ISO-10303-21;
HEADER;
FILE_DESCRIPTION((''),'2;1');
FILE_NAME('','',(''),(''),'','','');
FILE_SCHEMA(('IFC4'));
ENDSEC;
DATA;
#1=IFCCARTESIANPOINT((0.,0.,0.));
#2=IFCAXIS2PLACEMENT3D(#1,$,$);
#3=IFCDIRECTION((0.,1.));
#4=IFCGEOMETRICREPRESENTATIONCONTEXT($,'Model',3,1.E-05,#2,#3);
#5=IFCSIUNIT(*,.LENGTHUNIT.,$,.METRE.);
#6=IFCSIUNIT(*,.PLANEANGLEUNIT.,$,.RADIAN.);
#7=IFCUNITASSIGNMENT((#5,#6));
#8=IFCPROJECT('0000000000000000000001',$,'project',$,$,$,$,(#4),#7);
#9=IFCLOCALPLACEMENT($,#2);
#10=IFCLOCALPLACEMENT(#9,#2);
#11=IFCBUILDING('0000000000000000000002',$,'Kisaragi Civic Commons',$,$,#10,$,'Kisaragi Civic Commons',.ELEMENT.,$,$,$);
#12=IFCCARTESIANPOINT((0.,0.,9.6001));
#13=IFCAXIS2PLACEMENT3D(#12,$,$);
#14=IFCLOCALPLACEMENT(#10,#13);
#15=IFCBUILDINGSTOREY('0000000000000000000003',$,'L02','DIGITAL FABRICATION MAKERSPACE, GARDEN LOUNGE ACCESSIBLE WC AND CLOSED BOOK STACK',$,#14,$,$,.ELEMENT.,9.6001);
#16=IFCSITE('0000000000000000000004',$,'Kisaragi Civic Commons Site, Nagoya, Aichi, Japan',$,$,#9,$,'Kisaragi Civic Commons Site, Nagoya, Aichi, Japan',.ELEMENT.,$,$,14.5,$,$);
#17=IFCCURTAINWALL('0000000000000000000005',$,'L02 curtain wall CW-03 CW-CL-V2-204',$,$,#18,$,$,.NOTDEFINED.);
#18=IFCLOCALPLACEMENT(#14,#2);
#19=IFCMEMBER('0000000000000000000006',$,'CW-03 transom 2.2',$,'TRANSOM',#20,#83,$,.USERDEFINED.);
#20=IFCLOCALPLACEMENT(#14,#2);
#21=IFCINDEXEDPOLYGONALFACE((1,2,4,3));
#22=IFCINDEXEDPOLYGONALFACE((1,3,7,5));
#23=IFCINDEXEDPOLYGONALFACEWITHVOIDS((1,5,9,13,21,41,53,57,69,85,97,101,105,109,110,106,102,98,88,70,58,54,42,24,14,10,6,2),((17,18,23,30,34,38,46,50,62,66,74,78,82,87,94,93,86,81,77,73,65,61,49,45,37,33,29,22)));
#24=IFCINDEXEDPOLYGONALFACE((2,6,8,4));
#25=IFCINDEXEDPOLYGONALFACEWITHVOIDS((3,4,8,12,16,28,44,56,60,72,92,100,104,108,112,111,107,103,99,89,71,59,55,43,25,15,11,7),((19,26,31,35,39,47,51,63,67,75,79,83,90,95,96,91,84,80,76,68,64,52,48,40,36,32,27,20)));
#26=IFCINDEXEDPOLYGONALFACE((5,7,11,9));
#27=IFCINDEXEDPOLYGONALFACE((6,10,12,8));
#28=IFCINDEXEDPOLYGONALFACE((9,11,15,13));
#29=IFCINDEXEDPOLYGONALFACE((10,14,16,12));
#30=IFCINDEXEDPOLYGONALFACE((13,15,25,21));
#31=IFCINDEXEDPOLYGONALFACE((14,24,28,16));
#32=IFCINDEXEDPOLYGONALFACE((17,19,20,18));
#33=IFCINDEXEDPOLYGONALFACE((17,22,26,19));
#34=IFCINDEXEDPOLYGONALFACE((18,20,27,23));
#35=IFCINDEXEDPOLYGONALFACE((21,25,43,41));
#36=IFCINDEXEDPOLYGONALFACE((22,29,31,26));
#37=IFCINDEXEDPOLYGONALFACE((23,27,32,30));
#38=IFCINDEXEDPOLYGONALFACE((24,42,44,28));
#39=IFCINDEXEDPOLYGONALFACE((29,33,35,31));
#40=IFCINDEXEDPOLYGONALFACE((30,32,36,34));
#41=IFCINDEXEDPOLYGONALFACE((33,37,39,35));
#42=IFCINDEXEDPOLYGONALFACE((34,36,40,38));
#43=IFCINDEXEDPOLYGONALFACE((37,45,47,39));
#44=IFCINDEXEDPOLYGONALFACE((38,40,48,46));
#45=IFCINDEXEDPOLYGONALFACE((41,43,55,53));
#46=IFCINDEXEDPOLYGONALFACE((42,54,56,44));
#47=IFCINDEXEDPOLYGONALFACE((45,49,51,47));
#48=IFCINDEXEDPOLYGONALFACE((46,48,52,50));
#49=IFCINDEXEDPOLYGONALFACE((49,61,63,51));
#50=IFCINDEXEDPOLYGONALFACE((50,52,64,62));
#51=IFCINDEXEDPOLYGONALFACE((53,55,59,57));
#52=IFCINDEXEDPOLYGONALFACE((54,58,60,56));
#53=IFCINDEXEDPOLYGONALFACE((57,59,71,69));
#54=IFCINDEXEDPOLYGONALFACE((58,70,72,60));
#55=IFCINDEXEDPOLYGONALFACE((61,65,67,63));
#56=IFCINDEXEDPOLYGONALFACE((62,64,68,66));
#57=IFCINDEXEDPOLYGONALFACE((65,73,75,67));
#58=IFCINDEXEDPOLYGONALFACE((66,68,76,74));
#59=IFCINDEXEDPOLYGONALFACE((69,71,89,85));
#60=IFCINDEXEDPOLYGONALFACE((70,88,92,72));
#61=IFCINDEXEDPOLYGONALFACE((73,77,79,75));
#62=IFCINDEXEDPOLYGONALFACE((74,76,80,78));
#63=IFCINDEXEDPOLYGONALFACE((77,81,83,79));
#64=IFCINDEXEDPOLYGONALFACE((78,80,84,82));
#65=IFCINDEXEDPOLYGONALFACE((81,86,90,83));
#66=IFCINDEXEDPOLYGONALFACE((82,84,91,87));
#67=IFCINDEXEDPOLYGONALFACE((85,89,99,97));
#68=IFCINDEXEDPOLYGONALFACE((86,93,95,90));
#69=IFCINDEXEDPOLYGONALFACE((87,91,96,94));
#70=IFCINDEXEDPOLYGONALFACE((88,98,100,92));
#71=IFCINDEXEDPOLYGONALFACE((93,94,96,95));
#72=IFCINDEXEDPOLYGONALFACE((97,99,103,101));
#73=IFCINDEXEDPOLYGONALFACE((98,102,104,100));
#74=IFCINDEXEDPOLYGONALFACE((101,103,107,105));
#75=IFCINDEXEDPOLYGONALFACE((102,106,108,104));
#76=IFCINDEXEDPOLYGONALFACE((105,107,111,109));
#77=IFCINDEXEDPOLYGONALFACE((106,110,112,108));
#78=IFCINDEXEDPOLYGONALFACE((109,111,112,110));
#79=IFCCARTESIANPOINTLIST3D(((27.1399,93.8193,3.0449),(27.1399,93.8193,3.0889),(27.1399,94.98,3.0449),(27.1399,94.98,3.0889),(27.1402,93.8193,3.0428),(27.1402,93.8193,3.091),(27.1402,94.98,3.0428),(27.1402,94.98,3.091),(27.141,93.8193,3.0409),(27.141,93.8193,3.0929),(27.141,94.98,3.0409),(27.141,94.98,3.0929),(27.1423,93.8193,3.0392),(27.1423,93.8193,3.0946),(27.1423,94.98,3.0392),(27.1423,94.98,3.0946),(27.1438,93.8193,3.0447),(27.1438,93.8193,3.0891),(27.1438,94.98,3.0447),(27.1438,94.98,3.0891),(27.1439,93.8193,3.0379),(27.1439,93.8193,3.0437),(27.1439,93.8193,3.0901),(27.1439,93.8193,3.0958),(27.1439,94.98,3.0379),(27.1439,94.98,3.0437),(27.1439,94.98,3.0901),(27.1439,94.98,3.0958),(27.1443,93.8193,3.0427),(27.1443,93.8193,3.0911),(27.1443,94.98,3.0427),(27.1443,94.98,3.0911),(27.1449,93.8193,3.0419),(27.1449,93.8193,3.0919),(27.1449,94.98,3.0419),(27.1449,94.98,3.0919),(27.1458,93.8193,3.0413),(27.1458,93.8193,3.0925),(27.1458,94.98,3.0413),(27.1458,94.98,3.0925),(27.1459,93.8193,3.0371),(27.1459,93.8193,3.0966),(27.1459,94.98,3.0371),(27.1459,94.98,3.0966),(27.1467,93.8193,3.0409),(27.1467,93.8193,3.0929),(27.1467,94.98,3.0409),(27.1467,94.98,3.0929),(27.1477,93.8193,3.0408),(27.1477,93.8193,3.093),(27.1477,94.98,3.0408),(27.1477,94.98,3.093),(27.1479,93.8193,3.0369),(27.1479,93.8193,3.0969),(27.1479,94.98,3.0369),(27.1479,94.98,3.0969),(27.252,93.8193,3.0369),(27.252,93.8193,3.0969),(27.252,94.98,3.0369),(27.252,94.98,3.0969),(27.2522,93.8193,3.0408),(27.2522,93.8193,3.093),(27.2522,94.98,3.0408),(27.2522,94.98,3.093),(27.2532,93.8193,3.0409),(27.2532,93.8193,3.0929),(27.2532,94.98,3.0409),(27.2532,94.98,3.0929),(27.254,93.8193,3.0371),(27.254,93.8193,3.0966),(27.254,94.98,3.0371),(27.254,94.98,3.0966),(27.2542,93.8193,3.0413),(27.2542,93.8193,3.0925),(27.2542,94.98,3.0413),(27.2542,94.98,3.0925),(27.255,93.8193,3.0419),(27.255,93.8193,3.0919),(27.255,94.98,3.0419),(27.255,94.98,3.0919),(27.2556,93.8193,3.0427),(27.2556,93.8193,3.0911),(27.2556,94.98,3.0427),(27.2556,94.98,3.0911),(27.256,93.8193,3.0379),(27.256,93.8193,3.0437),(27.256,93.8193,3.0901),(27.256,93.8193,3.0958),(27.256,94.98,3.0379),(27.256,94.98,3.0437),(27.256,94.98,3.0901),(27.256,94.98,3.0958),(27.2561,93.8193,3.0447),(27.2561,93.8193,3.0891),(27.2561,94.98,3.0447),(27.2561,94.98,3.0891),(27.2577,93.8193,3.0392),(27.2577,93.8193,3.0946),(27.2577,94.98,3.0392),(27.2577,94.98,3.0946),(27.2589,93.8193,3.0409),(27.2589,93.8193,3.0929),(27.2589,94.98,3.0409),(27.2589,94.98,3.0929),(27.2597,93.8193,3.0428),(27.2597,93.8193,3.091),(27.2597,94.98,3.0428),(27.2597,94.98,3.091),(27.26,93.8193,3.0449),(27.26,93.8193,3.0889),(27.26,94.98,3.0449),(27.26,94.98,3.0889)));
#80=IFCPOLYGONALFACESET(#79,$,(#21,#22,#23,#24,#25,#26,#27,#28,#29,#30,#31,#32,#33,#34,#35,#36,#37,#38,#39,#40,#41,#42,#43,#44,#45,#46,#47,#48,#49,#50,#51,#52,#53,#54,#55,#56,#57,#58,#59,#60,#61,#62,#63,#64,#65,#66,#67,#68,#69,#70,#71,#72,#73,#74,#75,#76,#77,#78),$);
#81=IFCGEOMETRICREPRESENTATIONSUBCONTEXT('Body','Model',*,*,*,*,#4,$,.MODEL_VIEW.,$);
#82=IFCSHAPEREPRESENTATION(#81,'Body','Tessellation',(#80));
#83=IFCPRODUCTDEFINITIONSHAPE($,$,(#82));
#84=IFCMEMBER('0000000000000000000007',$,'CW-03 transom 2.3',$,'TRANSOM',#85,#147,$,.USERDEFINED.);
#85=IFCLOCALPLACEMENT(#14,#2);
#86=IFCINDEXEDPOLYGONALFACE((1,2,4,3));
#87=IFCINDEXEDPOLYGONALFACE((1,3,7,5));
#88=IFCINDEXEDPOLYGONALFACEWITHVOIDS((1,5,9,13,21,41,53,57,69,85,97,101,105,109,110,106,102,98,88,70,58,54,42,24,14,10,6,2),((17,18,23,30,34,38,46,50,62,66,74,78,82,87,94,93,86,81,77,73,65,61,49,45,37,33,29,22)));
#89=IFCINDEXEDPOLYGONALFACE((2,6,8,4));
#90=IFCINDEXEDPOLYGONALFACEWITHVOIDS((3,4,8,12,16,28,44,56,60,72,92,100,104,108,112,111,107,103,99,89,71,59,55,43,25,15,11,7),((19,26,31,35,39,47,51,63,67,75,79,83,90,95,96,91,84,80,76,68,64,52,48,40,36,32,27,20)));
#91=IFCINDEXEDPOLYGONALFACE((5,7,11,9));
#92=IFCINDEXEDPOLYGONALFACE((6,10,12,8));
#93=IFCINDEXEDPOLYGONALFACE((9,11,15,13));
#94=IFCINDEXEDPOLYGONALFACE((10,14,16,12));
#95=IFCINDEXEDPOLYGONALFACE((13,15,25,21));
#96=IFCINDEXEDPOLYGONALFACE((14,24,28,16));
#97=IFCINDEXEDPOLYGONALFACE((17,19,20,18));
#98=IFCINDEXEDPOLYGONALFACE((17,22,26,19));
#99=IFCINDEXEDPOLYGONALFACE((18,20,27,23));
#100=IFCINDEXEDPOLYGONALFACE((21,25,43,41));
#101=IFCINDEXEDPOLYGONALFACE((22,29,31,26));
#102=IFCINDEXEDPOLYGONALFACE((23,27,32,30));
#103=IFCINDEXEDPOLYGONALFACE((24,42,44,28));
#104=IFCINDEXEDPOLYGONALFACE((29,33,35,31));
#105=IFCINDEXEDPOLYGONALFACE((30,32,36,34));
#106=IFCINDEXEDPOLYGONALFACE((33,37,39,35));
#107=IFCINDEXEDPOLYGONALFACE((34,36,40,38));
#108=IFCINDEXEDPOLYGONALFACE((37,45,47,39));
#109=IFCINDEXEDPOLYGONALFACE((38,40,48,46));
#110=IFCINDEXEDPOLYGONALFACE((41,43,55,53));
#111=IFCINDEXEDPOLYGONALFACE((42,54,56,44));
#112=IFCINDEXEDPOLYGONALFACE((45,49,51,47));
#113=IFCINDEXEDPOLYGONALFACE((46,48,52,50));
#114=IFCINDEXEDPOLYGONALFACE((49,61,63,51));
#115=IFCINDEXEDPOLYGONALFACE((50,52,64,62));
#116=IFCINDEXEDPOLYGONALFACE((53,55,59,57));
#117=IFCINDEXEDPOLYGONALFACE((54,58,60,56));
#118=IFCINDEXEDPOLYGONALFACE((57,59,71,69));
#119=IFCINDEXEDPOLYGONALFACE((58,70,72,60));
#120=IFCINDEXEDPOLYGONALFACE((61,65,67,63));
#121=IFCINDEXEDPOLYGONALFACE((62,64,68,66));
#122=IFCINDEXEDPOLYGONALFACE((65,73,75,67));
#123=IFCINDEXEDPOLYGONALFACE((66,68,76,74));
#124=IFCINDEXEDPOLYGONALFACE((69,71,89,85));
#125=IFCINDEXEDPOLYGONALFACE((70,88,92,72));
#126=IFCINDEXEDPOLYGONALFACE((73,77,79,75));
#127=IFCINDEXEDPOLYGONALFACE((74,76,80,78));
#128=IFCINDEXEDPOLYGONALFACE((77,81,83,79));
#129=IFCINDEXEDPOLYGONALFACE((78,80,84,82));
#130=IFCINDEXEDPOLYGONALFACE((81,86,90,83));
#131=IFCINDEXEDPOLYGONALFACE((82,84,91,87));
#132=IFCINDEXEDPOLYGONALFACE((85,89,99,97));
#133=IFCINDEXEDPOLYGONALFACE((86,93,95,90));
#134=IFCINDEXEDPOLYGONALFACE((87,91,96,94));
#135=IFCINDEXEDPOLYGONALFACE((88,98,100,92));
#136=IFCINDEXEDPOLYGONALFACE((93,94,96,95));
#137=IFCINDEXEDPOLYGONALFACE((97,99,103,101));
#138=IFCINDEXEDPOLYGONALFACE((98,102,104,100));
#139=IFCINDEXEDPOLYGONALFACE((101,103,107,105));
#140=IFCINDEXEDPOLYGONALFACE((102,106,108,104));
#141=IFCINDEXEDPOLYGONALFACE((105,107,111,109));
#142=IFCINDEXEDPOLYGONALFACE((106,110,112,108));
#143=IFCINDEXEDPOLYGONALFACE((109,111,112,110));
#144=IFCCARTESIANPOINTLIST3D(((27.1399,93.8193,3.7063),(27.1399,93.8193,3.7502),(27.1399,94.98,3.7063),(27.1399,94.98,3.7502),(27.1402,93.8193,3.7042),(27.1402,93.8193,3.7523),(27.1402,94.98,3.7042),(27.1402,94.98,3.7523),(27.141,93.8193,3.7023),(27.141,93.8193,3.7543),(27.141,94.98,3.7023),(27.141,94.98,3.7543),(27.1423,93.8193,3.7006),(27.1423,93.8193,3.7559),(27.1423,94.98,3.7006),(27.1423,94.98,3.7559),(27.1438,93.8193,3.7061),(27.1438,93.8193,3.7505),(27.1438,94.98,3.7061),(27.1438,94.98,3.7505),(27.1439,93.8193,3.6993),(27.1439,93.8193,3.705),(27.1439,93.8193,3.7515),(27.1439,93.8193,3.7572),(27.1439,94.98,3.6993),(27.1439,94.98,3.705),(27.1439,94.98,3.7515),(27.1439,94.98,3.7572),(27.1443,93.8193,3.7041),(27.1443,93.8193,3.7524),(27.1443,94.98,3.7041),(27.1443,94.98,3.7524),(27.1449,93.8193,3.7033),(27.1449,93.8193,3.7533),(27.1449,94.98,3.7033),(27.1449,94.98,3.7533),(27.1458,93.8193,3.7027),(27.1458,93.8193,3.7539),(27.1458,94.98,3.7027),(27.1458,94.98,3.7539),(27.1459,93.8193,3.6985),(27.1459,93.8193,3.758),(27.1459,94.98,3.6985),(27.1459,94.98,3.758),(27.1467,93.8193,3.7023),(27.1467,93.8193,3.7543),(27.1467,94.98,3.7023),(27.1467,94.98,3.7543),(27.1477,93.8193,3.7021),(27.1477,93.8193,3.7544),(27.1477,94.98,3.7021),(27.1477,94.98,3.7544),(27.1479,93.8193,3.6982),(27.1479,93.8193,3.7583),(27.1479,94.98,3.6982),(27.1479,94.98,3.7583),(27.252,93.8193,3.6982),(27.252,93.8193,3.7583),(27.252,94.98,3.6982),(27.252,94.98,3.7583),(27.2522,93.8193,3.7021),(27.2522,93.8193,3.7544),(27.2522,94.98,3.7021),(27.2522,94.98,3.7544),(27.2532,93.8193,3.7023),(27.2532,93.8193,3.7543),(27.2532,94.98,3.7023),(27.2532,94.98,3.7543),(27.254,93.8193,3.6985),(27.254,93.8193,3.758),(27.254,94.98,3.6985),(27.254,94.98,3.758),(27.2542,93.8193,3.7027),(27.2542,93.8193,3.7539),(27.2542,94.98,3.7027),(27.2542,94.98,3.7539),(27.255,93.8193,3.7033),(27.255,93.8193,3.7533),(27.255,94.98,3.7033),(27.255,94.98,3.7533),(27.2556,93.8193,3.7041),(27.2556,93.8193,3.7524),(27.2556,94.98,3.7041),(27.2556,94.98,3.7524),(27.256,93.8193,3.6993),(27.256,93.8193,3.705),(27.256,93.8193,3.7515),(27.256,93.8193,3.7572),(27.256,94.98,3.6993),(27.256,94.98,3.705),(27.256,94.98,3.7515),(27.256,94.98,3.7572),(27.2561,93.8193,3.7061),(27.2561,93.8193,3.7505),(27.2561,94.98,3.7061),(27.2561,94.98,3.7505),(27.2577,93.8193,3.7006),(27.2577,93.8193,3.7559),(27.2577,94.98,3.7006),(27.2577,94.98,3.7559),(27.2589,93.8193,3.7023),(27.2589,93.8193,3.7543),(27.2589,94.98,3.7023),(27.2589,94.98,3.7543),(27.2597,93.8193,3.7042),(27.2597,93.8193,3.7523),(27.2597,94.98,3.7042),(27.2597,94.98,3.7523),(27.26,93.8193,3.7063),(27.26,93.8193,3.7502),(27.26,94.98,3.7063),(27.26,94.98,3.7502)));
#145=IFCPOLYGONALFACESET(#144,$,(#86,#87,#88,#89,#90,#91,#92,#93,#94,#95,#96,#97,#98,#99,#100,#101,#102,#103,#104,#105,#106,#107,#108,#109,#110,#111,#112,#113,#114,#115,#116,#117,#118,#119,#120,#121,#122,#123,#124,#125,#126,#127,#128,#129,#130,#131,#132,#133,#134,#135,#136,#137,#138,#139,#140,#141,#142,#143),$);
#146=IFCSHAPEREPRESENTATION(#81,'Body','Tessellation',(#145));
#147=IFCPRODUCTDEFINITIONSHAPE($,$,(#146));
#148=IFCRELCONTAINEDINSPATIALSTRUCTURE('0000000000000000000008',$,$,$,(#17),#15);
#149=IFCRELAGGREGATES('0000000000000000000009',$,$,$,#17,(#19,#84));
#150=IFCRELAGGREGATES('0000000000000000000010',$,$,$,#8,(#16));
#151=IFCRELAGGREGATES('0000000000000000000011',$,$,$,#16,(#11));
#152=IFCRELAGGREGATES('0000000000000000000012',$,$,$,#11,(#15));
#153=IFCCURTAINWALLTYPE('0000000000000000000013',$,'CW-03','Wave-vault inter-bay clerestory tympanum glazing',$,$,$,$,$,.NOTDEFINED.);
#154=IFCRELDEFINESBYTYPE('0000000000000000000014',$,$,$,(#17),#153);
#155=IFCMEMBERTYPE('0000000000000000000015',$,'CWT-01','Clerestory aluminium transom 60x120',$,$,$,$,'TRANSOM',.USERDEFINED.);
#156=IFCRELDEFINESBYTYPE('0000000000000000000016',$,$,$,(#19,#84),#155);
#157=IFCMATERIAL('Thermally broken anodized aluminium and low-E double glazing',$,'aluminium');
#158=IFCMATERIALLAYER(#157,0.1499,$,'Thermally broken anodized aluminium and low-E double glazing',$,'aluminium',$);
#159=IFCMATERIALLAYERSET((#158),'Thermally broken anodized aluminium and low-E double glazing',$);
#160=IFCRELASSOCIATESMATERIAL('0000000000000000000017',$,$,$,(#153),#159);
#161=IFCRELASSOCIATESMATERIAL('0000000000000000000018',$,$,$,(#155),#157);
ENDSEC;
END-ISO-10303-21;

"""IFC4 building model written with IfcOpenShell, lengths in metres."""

from ifc_helpers import new_model, si_unit, direction, frame, origin, origin_2d, place, context, subcontext, project, spatial, hollow_rectangle, extrude, material, layer, layer_set, material_profile, profile_set, type_object, element, aggregate, save


model = new_model("IFC4")

# Units and contexts
model_context = context("Model", 3, precision=1e-05, world=origin(), true_north=direction((0.0, 1.0)))
body_context = subcontext(model_context, "Body", "Model", "MODEL_VIEW")
ifc_project = project(units=[si_unit("LENGTHUNIT", "METRE"), si_unit("PLANEANGLEUNIT", "RADIAN")], contexts=[model_context])

# Site, building, storey
site_placement = place(None, origin())
site = spatial("IfcSite", under=ifc_project, at=site_placement, Name="Kisaragi Civic Commons Site, Nagoya, Aichi, Japan", LongName="Kisaragi Civic Commons Site, Nagoya, Aichi, Japan", CompositionType="ELEMENT", RefElevation=14.5)
building_placement = place(site_placement, origin())
building = spatial("IfcBuilding", under=site, at=building_placement, Name="Kisaragi Civic Commons", LongName="Kisaragi Civic Commons", CompositionType="ELEMENT")
storey_placement = place(building_placement, frame((0.0, 0.0, 9.6001)))
storey = spatial("IfcBuildingStorey", under=building, at=storey_placement, Name="L02", Description="DIGITAL FABRICATION MAKERSPACE, GARDEN LOUNGE ACCESSIBLE WC AND CLOSED BOOK STACK", CompositionType="ELEMENT", Elevation=9.6001)

# Shared definitions
ifc_material_1 = material(Name="Thermally broken anodized aluminium and low-E double glazing", Category="aluminium")
ifc_layer_1 = layer(ifc_material_1, 0.1499, Name="Thermally broken anodized aluminium and low-E double glazing", Category="aluminium")
ifc_layer_set_1 = layer_set([ifc_layer_1], Name="Thermally broken anodized aluminium and low-E double glazing")
curtain_wall_type = type_object("IfcCurtainWallType", Name="CW-03", Description="Wave-vault inter-bay clerestory tympanum glazing", PredefinedType="NOTDEFINED", material=ifc_layer_set_1)

# Curtain wall
curtain_wall_1_placement = place(storey_placement, origin())
curtain_wall_1 = element("IfcCurtainWall", 1, at=curtain_wall_1_placement, inside=storey, type_object=curtain_wall_type, Name="L02 curtain wall CW-03 CW-CL-V2-204", PredefinedType="NOTDEFINED")

# Members
ifc_material_profile_1 = material_profile(ifc_material_1, hollow_rectangle(XDim=0.1201, YDim=0.0601, WallThickness=0.0039, InnerFilletRadius=0.0039, OuterFilletRadius=0.0081, at=origin_2d()), Name="CWT-60x120x4", Category="aluminium")
ifc_profile_set_1 = profile_set([ifc_material_profile_1], Name="Thermally broken anodized aluminium and low-E double glazing")
member_type_1 = type_object("IfcMemberType", Name="CWT-01", Description="Clerestory aluminium transom 60x120", ElementType="TRANSOM", PredefinedType="USERDEFINED", material=ifc_profile_set_1)
member_1_placement = place(storey_placement, frame((27.2, 93.8193, 3.0669), z_axis=(0.0, 1.0, 0.0), x_axis=(-1.0, 0.0, 0.0)))
member_1 = element("IfcMember", 2, at=member_1_placement, type_object=member_type_1, Name="CW-03 transom 2.2", ObjectType="TRANSOM", PredefinedType="USERDEFINED", context=body_context, shape_type="SweptSolid", body=[
    extrude(hollow_rectangle(XDim=0.1201, YDim=0.0601, WallThickness=0.0039, InnerFilletRadius=0.0039, OuterFilletRadius=0.0081, at=origin_2d()), origin(), (0.0, 0.0, 1.0), 1.1606),
])
member_2_placement = place(storey_placement, frame((27.2, 93.8193, 3.7283), z_axis=(0.0, 1.0, 0.0), x_axis=(-1.0, 0.0, 0.0)))
member_2 = element("IfcMember", 3, at=member_2_placement, type_object=member_type_1, Name="CW-03 transom 2.3", ObjectType="TRANSOM", PredefinedType="USERDEFINED", context=body_context, shape_type="SweptSolid", body=[
    extrude(hollow_rectangle(XDim=0.1201, YDim=0.0601, WallThickness=0.0039, InnerFilletRadius=0.0039, OuterFilletRadius=0.0081, at=origin_2d()), origin(), (0.0, 0.0, 1.0), 1.1606),
])

aggregate(curtain_wall_1, [member_1, member_2])

save(model, "model.ifc")
